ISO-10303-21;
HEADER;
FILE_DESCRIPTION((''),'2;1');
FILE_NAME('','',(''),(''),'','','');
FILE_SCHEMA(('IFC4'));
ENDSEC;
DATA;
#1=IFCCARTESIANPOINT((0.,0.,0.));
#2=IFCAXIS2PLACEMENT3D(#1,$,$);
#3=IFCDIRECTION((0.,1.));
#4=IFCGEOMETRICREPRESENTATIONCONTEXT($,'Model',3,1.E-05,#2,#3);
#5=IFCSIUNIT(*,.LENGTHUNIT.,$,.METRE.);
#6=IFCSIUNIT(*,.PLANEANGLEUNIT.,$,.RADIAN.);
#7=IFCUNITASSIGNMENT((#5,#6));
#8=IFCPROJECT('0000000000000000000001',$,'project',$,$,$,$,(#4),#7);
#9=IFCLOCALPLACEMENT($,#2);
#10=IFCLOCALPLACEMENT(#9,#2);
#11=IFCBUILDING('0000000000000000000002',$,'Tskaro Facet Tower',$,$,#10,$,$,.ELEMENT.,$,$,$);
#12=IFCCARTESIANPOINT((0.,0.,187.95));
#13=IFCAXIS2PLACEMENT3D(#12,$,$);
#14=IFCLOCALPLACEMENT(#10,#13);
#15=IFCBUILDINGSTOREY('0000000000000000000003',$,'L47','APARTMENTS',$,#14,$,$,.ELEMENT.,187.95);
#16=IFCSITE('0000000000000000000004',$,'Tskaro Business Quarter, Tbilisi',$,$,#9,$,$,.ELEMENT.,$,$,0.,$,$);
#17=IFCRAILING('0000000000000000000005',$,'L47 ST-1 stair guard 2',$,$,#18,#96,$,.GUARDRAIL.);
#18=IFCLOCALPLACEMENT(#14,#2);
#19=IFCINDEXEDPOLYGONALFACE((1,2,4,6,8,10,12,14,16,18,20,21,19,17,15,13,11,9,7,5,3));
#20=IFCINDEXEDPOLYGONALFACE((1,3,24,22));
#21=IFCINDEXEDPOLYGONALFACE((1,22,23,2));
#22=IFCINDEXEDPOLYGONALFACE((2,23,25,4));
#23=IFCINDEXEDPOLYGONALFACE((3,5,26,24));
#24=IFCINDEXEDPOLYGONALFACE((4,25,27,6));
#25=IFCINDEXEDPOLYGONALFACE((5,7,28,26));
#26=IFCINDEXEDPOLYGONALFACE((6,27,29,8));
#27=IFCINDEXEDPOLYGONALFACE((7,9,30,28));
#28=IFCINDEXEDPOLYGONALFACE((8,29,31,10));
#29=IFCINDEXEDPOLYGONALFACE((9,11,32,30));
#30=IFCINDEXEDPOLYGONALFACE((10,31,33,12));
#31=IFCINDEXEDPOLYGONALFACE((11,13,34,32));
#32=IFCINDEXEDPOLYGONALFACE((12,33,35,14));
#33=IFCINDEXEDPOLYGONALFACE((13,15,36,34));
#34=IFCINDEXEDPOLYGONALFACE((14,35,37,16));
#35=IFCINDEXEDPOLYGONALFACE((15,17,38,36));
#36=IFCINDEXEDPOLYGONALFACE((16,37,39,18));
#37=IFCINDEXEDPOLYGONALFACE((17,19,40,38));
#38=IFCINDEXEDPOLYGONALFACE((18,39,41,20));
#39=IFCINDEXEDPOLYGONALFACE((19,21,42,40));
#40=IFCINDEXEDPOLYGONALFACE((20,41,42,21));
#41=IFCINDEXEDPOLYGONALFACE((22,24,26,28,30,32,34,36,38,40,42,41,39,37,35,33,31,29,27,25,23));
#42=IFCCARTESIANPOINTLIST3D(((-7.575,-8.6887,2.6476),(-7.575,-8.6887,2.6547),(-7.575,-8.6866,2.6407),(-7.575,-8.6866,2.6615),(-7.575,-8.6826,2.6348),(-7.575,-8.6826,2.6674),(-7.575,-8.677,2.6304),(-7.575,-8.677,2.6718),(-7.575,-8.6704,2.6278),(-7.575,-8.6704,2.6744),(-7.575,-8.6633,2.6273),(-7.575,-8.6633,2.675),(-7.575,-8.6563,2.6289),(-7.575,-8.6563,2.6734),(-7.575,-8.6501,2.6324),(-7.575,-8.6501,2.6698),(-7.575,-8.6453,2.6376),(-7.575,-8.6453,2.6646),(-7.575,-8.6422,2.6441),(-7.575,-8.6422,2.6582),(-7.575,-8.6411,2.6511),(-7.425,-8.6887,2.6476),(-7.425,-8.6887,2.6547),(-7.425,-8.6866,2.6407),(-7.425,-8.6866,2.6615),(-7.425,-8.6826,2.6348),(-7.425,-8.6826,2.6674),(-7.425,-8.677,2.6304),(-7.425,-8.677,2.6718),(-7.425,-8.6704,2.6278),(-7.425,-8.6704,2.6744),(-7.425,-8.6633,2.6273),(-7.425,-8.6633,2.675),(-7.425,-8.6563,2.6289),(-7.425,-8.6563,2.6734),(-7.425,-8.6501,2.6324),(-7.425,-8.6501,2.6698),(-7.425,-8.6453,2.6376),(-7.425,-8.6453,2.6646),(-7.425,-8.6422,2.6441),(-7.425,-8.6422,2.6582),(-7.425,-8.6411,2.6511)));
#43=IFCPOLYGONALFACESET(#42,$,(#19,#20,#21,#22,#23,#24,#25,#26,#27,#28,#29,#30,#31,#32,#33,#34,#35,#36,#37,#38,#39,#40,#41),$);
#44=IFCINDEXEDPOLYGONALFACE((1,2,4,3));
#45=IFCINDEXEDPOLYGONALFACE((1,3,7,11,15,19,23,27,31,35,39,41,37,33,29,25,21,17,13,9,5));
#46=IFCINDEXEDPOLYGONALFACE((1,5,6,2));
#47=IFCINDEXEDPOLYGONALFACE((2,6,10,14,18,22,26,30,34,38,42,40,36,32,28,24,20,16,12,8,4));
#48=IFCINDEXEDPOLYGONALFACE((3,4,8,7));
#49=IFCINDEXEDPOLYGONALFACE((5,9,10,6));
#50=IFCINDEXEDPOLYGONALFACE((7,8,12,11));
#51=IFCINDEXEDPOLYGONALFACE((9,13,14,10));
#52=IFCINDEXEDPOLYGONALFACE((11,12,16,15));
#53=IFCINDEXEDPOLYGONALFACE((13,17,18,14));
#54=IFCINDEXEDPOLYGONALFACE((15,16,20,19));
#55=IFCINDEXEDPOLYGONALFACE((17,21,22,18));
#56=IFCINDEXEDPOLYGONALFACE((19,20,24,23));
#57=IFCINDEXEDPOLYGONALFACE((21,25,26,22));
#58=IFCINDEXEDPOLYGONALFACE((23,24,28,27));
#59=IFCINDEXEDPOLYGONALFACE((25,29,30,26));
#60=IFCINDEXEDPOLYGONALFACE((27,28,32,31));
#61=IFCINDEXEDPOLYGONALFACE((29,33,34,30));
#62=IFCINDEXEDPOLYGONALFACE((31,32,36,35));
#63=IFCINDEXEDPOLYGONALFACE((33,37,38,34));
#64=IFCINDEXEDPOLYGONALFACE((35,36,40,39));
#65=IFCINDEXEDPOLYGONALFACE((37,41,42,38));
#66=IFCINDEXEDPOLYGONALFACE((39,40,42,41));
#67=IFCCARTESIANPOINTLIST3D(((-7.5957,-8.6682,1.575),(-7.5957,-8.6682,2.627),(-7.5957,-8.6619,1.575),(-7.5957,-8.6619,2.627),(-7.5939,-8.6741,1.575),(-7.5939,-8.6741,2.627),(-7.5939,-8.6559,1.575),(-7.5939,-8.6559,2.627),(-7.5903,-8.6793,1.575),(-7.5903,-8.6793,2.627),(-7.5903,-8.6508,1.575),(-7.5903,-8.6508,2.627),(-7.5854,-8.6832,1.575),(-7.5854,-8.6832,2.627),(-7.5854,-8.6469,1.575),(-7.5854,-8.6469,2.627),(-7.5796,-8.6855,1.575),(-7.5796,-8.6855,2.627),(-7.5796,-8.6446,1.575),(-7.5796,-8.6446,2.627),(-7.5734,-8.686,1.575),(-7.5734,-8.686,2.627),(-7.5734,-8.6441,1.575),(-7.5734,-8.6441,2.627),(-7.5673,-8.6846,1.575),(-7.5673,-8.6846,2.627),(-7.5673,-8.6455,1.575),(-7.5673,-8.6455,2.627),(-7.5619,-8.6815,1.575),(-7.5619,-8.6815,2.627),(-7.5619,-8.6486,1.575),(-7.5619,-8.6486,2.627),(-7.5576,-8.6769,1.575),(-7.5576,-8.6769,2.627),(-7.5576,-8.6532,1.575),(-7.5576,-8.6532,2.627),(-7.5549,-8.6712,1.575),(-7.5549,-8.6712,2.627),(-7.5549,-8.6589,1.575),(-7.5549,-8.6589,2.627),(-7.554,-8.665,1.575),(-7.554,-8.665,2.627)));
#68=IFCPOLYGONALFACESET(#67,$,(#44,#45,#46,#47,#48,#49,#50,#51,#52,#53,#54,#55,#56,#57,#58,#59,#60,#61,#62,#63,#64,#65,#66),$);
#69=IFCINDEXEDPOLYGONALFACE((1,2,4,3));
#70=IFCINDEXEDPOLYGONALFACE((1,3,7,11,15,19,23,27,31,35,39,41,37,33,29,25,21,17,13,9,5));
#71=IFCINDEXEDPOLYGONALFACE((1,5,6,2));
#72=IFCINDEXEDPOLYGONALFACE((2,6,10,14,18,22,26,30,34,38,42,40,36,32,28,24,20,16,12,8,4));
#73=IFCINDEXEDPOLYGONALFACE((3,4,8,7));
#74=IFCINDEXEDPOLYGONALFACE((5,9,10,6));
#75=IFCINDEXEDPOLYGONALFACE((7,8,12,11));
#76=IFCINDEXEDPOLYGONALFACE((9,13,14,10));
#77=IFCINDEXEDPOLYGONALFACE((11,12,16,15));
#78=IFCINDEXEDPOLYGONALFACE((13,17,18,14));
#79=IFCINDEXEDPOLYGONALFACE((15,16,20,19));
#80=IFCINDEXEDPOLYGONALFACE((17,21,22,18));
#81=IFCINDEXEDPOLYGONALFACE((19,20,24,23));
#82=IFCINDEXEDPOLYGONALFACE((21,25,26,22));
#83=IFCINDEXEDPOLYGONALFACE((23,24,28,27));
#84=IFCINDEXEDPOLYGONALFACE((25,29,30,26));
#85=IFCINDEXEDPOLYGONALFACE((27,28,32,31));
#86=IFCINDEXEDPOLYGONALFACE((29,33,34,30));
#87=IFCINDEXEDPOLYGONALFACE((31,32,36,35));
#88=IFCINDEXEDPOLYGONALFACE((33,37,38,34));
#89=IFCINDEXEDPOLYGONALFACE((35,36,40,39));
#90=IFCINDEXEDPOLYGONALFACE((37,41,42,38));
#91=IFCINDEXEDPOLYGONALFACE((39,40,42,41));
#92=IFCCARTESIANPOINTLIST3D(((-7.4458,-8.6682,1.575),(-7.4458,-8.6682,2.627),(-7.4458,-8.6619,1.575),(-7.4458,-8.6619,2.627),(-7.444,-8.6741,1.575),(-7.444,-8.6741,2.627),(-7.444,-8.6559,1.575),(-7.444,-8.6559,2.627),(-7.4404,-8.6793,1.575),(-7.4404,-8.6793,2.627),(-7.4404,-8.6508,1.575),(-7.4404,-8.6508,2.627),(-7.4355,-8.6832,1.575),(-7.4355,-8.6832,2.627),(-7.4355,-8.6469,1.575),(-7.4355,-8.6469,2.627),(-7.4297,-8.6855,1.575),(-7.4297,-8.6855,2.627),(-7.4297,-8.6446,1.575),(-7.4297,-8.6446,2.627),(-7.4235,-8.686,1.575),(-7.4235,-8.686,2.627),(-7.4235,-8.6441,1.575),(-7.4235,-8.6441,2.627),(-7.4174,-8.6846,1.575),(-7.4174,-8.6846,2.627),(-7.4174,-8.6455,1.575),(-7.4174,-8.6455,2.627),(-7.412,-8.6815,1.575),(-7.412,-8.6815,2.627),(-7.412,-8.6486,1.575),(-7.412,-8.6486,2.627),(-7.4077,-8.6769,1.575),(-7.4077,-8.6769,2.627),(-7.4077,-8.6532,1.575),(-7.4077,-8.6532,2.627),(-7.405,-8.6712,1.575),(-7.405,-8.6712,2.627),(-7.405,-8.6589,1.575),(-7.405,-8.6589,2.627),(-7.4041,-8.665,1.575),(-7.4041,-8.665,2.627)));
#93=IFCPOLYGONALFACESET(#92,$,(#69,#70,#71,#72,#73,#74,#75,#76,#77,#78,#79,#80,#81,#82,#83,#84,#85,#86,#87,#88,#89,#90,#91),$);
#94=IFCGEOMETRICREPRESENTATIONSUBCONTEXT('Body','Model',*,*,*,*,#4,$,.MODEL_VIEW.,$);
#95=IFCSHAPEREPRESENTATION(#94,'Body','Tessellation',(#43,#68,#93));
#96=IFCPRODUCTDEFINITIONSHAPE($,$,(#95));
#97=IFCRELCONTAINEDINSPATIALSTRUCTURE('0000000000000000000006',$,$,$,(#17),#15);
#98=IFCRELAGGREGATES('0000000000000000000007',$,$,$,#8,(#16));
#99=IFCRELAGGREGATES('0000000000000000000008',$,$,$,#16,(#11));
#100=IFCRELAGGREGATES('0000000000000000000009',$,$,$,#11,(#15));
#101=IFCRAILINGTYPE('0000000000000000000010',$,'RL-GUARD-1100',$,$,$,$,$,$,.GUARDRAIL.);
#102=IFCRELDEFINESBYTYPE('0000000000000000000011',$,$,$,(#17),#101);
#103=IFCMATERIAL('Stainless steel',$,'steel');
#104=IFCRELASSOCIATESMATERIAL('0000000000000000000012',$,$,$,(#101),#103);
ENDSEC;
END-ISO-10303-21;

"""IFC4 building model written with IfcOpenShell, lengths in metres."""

from ifc_helpers import new_model, si_unit, direction, frame, origin, origin_2d, place, context, subcontext, project, spatial, circle, extrude, material, type_object, element, save


model = new_model("IFC4")

# Units and contexts
model_context = context("Model", 3, precision=1e-05, world=origin(), true_north=direction((0.0, 1.0)))
body_context = subcontext(model_context, "Body", "Model", "MODEL_VIEW")
ifc_project = project(units=[si_unit("LENGTHUNIT", "METRE"), si_unit("PLANEANGLEUNIT", "RADIAN")], contexts=[model_context])

# Site, building, storey
site_placement = place(None, origin())
site = spatial("IfcSite", under=ifc_project, at=site_placement, Name="Tskaro Business Quarter, Tbilisi", CompositionType="ELEMENT", RefElevation=0.0)
building_placement = place(site_placement, origin())
building = spatial("IfcBuilding", under=site, at=building_placement, Name="Tskaro Facet Tower", CompositionType="ELEMENT")
storey_placement = place(building_placement, frame((0.0, 0.0, 187.95)))
storey = spatial("IfcBuildingStorey", under=building, at=storey_placement, Name="L47", Description="APARTMENTS", CompositionType="ELEMENT", Elevation=187.95)

# Shared definitions
ifc_material_1 = material(Name="Stainless steel", Category="steel")

# Railing
railing_type_1 = type_object("IfcRailingType", Name="RL-GUARD-1100", PredefinedType="GUARDRAIL", material=ifc_material_1)
railing_1_placement = place(storey_placement, frame((-7.575, -8.665, 1.575)))
element("IfcRailing", 1, at=railing_1_placement, inside=storey, type_object=railing_type_1, Name="L47 ST-1 stair guard 2", PredefinedType="GUARDRAIL", context=body_context, shape_type="SweptSolid", body=[
    extrude(circle(Radius=0.0239, at=origin_2d()), frame((0.0, 0.0, 1.0762), z_axis=(1.0, 0.0, 0.0), x_axis=(0.0, 1.0, 0.0)), (0.0, 0.0, 1.0), 0.1499),
    extrude(circle(Radius=0.021, at=origin_2d()), origin(), (0.0, 0.0, 1.0), 1.052),
    extrude(circle(Radius=0.021, at=origin_2d()), frame((0.1499, 0.0, 0.0)), (0.0, 0.0, 1.0), 1.052),
])

save(model, "model.ifc")
